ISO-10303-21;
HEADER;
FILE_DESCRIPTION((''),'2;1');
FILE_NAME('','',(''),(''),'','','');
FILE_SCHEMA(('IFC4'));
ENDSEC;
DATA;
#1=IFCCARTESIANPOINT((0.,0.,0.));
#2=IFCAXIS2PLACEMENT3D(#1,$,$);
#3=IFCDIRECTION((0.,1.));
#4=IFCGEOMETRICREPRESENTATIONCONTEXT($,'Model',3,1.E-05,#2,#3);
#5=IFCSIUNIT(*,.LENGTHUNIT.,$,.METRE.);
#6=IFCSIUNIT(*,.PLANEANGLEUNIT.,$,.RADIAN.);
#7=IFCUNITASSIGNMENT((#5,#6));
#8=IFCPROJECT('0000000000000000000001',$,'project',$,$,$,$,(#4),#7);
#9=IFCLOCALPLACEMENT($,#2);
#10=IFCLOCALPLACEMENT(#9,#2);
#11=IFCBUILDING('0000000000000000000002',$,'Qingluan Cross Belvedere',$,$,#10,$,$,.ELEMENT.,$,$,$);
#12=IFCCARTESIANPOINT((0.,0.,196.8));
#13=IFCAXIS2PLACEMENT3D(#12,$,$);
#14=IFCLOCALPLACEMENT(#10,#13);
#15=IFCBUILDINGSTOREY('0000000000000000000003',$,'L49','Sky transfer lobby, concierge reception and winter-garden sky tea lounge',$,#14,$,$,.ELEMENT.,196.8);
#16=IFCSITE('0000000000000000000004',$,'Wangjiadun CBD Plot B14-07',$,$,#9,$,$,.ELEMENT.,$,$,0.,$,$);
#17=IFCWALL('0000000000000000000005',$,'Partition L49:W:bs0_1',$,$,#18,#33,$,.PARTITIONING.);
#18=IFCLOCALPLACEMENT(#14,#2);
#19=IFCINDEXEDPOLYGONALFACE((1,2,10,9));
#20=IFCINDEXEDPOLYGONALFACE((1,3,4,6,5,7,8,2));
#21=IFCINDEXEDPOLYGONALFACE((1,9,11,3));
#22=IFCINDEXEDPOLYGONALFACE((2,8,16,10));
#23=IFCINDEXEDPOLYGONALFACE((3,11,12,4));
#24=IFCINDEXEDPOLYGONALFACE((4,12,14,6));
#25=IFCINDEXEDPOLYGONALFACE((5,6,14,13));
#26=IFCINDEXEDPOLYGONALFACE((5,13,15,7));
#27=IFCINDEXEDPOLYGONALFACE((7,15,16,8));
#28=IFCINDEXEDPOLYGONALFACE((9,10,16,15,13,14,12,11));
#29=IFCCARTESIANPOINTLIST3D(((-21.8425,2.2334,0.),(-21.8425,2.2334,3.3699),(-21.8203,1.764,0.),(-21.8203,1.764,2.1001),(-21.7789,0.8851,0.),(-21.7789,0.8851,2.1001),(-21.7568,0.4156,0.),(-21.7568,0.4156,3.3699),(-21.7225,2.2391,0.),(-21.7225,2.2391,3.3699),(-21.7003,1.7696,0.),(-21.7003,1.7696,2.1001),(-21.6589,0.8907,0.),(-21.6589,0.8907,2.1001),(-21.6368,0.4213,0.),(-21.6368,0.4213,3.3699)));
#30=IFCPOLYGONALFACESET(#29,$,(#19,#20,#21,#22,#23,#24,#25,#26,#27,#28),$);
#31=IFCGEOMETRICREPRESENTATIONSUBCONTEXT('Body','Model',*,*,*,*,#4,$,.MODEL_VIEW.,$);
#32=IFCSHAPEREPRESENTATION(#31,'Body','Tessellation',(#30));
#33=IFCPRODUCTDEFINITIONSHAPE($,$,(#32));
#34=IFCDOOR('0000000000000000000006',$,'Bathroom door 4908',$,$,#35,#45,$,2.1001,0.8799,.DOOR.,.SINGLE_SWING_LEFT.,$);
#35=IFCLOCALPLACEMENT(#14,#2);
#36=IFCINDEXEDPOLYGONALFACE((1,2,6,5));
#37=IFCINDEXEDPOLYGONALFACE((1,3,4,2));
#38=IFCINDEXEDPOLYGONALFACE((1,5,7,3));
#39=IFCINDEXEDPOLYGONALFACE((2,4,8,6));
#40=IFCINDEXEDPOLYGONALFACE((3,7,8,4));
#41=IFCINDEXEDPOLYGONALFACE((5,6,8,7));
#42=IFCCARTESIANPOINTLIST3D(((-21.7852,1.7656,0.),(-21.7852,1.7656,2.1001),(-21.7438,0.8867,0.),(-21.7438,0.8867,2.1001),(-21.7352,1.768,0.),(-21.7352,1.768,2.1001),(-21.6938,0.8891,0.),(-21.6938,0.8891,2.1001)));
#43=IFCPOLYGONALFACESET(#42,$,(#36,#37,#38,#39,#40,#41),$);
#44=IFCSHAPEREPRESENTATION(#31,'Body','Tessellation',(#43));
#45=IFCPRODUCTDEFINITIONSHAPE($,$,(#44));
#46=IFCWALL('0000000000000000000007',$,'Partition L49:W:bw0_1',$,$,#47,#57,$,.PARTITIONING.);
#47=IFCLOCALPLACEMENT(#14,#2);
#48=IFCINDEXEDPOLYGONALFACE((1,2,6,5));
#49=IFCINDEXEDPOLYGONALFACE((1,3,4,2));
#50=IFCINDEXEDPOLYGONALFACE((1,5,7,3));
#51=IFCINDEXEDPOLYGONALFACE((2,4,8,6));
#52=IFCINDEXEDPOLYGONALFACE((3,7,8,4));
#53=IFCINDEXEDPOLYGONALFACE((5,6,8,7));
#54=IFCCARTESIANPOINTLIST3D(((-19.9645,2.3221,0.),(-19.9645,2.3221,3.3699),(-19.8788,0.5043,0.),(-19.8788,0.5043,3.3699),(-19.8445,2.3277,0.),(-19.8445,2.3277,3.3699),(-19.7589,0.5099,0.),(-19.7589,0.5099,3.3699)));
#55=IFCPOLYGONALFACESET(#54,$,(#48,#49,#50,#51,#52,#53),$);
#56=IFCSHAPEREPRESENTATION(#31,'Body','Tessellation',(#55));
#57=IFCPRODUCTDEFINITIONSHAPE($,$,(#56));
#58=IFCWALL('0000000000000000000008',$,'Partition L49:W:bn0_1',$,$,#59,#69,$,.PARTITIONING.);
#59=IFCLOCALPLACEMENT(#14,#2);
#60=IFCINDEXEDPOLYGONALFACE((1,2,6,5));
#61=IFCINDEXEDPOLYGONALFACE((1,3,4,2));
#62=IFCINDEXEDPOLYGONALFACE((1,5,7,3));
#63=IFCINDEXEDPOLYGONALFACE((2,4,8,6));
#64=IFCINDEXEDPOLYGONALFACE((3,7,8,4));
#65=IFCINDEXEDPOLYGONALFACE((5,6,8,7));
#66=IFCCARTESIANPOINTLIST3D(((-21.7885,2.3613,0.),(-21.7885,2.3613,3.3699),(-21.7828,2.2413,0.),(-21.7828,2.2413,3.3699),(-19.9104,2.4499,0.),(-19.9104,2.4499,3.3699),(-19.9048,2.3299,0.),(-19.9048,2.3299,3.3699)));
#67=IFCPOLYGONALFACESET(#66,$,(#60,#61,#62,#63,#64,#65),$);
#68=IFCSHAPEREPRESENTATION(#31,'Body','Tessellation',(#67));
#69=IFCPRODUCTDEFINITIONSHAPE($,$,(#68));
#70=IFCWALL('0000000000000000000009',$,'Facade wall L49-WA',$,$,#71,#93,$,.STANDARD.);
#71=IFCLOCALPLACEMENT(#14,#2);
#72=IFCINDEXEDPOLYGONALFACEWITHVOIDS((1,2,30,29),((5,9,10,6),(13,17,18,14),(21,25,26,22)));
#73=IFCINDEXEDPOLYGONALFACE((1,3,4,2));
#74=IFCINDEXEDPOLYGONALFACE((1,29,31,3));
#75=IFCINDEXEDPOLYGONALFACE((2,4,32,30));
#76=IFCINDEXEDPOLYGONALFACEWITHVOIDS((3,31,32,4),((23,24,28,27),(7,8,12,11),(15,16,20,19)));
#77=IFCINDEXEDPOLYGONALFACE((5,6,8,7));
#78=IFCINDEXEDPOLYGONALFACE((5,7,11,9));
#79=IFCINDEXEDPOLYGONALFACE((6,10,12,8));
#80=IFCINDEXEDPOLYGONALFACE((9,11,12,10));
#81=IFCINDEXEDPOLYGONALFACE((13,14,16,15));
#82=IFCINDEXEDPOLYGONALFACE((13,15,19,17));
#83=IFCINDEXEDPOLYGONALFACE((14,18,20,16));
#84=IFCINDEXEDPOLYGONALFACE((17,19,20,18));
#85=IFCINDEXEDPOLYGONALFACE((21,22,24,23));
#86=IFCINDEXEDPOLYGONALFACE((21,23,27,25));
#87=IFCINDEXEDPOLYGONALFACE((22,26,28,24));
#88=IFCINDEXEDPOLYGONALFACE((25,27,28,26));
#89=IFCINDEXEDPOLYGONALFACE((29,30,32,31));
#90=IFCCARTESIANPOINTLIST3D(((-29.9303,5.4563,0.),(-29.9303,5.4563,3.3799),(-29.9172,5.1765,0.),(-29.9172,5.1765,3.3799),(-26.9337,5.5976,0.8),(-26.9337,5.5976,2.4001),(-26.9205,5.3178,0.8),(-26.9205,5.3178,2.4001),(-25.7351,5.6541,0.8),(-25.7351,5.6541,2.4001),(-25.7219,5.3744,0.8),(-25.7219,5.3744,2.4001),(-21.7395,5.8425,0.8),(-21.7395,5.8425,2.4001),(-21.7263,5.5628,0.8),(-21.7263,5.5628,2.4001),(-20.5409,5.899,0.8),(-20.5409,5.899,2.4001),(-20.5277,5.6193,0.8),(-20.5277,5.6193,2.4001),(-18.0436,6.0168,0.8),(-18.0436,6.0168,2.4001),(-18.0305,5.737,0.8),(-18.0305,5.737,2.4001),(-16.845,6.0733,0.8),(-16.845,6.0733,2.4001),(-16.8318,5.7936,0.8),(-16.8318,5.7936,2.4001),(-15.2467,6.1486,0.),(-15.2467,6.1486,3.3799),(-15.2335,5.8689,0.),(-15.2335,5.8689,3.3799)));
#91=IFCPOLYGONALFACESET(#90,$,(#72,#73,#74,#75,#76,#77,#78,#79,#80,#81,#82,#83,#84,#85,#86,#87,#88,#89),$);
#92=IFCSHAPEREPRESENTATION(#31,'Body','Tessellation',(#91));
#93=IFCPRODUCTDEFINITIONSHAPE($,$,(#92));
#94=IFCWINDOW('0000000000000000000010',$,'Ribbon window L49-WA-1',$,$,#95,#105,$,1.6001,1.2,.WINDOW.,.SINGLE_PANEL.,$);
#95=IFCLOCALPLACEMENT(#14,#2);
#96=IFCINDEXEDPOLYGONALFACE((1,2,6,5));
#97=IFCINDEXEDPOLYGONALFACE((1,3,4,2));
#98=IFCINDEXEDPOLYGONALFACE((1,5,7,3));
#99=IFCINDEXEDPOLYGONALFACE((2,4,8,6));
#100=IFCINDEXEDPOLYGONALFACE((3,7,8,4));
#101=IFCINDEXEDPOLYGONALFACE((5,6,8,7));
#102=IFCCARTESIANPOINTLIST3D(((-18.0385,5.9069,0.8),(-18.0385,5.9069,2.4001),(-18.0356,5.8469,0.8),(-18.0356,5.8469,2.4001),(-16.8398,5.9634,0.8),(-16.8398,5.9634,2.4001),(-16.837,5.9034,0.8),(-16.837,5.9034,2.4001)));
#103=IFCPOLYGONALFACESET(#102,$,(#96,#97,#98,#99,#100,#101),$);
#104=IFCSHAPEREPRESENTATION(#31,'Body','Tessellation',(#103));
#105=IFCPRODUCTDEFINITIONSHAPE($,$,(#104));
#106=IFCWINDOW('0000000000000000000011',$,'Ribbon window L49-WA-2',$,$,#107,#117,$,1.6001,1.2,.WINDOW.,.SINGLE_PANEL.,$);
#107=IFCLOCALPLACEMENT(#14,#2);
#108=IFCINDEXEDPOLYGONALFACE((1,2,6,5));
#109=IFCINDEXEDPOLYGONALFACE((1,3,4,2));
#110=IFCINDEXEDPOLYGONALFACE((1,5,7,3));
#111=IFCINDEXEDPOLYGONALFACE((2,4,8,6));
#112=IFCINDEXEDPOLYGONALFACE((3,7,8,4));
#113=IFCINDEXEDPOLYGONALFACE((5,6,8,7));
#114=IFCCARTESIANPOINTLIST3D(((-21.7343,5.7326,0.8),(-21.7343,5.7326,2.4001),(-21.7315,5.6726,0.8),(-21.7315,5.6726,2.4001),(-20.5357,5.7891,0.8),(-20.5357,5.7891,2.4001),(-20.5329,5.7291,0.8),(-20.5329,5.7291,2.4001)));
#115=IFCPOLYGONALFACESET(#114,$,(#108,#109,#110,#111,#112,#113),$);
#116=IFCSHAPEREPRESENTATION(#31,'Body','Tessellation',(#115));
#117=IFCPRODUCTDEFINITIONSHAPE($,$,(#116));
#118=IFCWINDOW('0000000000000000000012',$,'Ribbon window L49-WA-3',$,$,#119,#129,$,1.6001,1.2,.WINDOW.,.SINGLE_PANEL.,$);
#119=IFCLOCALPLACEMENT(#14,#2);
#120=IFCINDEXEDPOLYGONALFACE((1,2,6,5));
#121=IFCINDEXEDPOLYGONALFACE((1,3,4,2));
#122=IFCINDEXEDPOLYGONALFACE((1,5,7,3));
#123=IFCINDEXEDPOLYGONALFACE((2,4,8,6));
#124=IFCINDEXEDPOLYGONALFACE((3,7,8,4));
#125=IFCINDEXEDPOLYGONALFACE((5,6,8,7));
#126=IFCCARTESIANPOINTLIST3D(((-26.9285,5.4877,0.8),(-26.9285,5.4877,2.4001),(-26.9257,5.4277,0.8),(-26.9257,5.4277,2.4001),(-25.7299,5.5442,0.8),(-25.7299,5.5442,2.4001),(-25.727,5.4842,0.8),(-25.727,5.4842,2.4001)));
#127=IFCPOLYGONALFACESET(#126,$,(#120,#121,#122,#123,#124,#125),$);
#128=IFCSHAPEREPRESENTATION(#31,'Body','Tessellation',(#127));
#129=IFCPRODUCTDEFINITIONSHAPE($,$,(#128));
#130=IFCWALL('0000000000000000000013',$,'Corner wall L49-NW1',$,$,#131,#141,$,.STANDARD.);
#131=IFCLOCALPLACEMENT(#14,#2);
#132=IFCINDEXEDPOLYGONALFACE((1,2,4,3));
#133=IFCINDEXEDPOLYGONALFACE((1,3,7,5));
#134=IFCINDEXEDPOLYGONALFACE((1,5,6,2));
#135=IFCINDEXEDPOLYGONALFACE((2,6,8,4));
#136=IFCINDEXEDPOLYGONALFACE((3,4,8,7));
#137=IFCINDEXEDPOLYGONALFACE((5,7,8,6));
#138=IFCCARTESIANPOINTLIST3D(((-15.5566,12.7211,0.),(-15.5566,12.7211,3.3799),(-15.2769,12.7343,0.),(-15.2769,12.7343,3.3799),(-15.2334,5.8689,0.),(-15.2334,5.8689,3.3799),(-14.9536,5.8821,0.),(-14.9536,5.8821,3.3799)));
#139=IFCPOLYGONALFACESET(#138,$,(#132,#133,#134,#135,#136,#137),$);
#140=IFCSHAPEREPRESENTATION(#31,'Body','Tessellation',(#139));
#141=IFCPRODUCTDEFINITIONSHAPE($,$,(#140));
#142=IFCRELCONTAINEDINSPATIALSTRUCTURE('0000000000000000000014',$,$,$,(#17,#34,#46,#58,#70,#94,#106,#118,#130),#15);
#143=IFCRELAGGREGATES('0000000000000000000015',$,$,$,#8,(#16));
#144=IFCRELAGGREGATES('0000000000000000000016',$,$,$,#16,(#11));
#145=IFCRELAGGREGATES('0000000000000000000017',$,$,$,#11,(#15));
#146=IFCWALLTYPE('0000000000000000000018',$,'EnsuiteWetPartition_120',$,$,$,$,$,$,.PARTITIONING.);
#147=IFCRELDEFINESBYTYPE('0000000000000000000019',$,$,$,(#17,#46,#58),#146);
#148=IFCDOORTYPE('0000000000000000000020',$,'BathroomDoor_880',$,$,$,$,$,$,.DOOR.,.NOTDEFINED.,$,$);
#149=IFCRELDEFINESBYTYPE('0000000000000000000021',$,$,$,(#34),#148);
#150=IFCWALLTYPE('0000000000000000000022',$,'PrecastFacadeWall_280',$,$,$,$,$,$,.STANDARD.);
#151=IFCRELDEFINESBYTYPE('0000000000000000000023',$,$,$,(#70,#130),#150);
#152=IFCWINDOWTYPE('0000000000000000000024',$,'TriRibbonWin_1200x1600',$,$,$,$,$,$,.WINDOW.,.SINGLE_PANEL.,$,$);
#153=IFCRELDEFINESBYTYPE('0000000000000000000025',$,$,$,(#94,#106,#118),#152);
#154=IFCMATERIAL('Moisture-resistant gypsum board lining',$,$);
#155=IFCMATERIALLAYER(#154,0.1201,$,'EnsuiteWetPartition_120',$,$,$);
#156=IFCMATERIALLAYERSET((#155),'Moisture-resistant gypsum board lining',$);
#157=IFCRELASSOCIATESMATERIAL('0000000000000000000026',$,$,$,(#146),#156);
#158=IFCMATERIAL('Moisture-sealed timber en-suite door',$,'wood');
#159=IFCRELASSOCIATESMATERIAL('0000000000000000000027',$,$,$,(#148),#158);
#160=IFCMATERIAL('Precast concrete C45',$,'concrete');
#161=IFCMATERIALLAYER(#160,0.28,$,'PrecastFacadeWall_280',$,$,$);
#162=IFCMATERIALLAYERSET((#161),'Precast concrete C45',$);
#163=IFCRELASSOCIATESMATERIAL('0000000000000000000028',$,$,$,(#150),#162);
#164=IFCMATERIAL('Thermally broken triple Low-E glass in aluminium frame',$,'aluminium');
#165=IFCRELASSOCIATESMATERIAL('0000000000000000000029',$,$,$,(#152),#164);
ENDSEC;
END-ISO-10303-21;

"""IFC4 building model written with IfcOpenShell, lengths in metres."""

from ifc_helpers import new_model, si_unit, direction, frame, frame_2d, origin, place, context, subcontext, project, spatial, rectangle, extrude, material, layer, layer_set, type_object, element, fill, save


model = new_model("IFC4")

# Units and contexts
model_context = context("Model", 3, precision=1e-05, world=origin(), true_north=direction((0.0, 1.0)))
body_context = subcontext(model_context, "Body", "Model", "MODEL_VIEW")
ifc_project = project(units=[si_unit("LENGTHUNIT", "METRE"), si_unit("PLANEANGLEUNIT", "RADIAN")], contexts=[model_context])

# Site, building, storey
site_placement = place(None, origin())
site = spatial("IfcSite", under=ifc_project, at=site_placement, Name="Wangjiadun CBD Plot B14-07", CompositionType="ELEMENT", RefElevation=0.0)
building_placement = place(site_placement, origin())
building = spatial("IfcBuilding", under=site, at=building_placement, Name="Qingluan Cross Belvedere", CompositionType="ELEMENT")
storey_placement = place(building_placement, frame((0.0, 0.0, 196.8)))
storey = spatial("IfcBuildingStorey", under=building, at=storey_placement, Name="L49", Description="Sky transfer lobby, concierge reception and winter-garden sky tea lounge", CompositionType="ELEMENT", Elevation=196.8)

# Shared definitions
ifc_material_1 = material(Name="Moisture-resistant gypsum board lining")
ifc_layer_1 = layer(ifc_material_1, 0.1201, Name="EnsuiteWetPartition_120")
ifc_layer_set_1 = layer_set([ifc_layer_1], Name="Moisture-resistant gypsum board lining")
wall_type_1 = type_object("IfcWallType", Name="EnsuiteWetPartition_120", PredefinedType="PARTITIONING", material=ifc_layer_set_1)
ifc_material_2 = material(Name="Moisture-sealed timber en-suite door", Category="wood")
door_type_1 = type_object("IfcDoorType", Name="BathroomDoor_880", OperationType="NOTDEFINED", PredefinedType="DOOR", material=ifc_material_2)

# Wall, opening, door
wall_1_placement = place(storey_placement, frame((-21.6968, 0.4185, 0.0), z_axis=(0.0, 0.0, 1.0), x_axis=(-0.047087, 0.998891, 0.0)))
wall_1 = element("IfcWall", 1, at=wall_1_placement, inside=storey, type_object=wall_type_1, Name="Partition L49:W:bs0_1", PredefinedType="PARTITIONING", context=body_context, shape_type="SweptSolid", body=[
    extrude(rectangle(XDim=1.8198, YDim=0.1201, at=frame_2d((0.9099, 0.0))), origin(), (0.0, 0.0, 1.0), 3.3699),
])
opening_1_placement = place(wall_1_placement, frame((0.47, 0.0, 0.0)))
opening_1 = element("IfcOpeningElement", 2, at=opening_1_placement, cuts=wall_1, PredefinedType="OPENING", context=body_context, shape_type="SweptSolid", body=[
    extrude(rectangle(XDim=0.8799, YDim=2.1001, at=frame_2d((0.4399, 1.05))), frame((0.0, 0.0701, 0.0), z_axis=(0.0, -1.0, 0.0), x_axis=(1.0, 0.0, 0.0)), (0.0, 0.0, 1.0), 0.1401),
])
door_1_placement = place(opening_1_placement, origin())
door_1 = element("IfcDoor", 3, at=door_1_placement, inside=storey, type_object=door_type_1, Name="Bathroom door 4908", OperationType="SINGLE_SWING_LEFT", OverallHeight=2.1001, OverallWidth=0.8799, PredefinedType="DOOR", context=body_context, shape_type="SweptSolid", body=[
    extrude(rectangle(XDim=0.8799, YDim=2.1001, at=frame_2d((0.4399, 1.05))), frame((0.0, 0.0249, 0.0), z_axis=(0.0, -1.0, 0.0), x_axis=(1.0, 0.0, 0.0)), (0.0, 0.0, 1.0), 0.05),
])
fill(opening_1, door_1)

# Walls
wall_2_placement = place(storey_placement, frame((-19.8188, 0.5071, 0.0), z_axis=(0.0, 0.0, 1.0), x_axis=(-0.047087, 0.998891, 0.0)))
element("IfcWall", 4, at=wall_2_placement, inside=storey, type_object=wall_type_1, Name="Partition L49:W:bw0_1", PredefinedType="PARTITIONING", context=body_context, shape_type="SweptSolid", body=[
    extrude(rectangle(XDim=1.8198, YDim=0.1201, at=frame_2d((0.9099, 0.0))), origin(), (0.0, 0.0, 1.0), 3.3699),
])
wall_3_placement = place(storey_placement, frame((-19.9077, 2.3899, 0.0), z_axis=(0.0, 0.0, 1.0), x_axis=(-0.998888, -0.047139, 0.0)))
element("IfcWall", 5, at=wall_3_placement, inside=storey, type_object=wall_type_1, Name="Partition L49:W:bn0_1", PredefinedType="PARTITIONING", context=body_context, shape_type="SweptSolid", body=[
    extrude(rectangle(XDim=1.8801, YDim=0.1201, at=frame_2d((0.9399, 0.0))), origin(), (0.0, 0.0, 1.0), 3.3699),
])

# Wall, openings, windows
ifc_material_3 = material(Name="Precast concrete C45", Category="concrete")
ifc_layer_2 = layer(ifc_material_3, 0.28, Name="PrecastFacadeWall_280")
ifc_layer_set_2 = layer_set([ifc_layer_2], Name="Precast concrete C45")
wall_type_2 = type_object("IfcWallType", Name="PrecastFacadeWall_280", PredefinedType="STANDARD", material=ifc_layer_set_2)
wall_4_placement = place(storey_placement, frame((-15.24, 6.0088, 0.0), z_axis=(0.0, 0.0, 1.0), x_axis=(-0.99889, -0.047101, 0.0)))
wall_4 = element("IfcWall", 6, at=wall_4_placement, inside=storey, type_object=wall_type_2, Name="Facade wall L49-WA", PredefinedType="STANDARD", context=body_context, shape_type="SweptSolid", body=[
    extrude(rectangle(XDim=14.7, YDim=0.28, at=frame_2d((7.3501, 0.0))), origin(), (0.0, 0.0, 1.0), 3.3799),
])
opening_2_placement = place(wall_4_placement, frame((1.6001, 0.0, 0.8)))
opening_2 = element("IfcOpeningElement", 7, at=opening_2_placement, cuts=wall_4, PredefinedType="OPENING", context=body_context, shape_type="SweptSolid", body=[
    extrude(rectangle(XDim=1.2, YDim=1.6001, at=frame_2d((0.6001, 0.8))), frame((0.0, 0.1499, 0.0), z_axis=(0.0, -1.0, 0.0), x_axis=(1.0, 0.0, 0.0)), (0.0, 0.0, 1.0), 0.3),
])
opening_3_placement = place(wall_4_placement, frame((5.3, 0.0, 0.8)))
opening_3 = element("IfcOpeningElement", 8, at=opening_3_placement, cuts=wall_4, PredefinedType="OPENING", context=body_context, shape_type="SweptSolid", body=[
    extrude(rectangle(XDim=1.2, YDim=1.6001, at=frame_2d((0.6001, 0.8))), frame((0.0, 0.1499, 0.0), z_axis=(0.0, -1.0, 0.0), x_axis=(1.0, 0.0, 0.0)), (0.0, 0.0, 1.0), 0.3),
])
opening_4_placement = place(wall_4_placement, frame((10.5, 0.0, 0.8)))
opening_4 = element("IfcOpeningElement", 9, at=opening_4_placement, cuts=wall_4, PredefinedType="OPENING", context=body_context, shape_type="SweptSolid", body=[
    extrude(rectangle(XDim=1.2, YDim=1.6001, at=frame_2d((0.6001, 0.8))), frame((0.0, 0.1499, 0.0), z_axis=(0.0, -1.0, 0.0), x_axis=(1.0, 0.0, 0.0)), (0.0, 0.0, 1.0), 0.3),
])
ifc_material_4 = material(Name="Thermally broken triple Low-E glass in aluminium frame", Category="aluminium")
window_type = type_object("IfcWindowType", Name="TriRibbonWin_1200x1600", PartitioningType="SINGLE_PANEL", PredefinedType="WINDOW", material=ifc_material_4)
window_1_placement = place(opening_2_placement, origin())
window_1 = element("IfcWindow", 10, at=window_1_placement, inside=storey, type_object=window_type, Name="Ribbon window L49-WA-1", OverallHeight=1.6001, OverallWidth=1.2, PartitioningType="SINGLE_PANEL", PredefinedType="WINDOW", context=body_context, shape_type="SweptSolid", body=[
    extrude(rectangle(XDim=1.2, YDim=1.6001, at=frame_2d((0.6001, 0.8))), frame((0.0, 0.03, 0.0), z_axis=(0.0, -1.0, 0.0), x_axis=(1.0, 0.0, 0.0)), (0.0, 0.0, 1.0), 0.0601),
])
fill(opening_2, window_1)
window_2_placement = place(opening_3_placement, origin())
window_2 = element("IfcWindow", 11, at=window_2_placement, inside=storey, type_object=window_type, Name="Ribbon window L49-WA-2", OverallHeight=1.6001, OverallWidth=1.2, PartitioningType="SINGLE_PANEL", PredefinedType="WINDOW", context=body_context, shape_type="SweptSolid", body=[
    extrude(rectangle(XDim=1.2, YDim=1.6001, at=frame_2d((0.6001, 0.8))), frame((0.0, 0.03, 0.0), z_axis=(0.0, -1.0, 0.0), x_axis=(1.0, 0.0, 0.0)), (0.0, 0.0, 1.0), 0.0601),
])
fill(opening_3, window_2)
window_3_placement = place(opening_4_placement, origin())
window_3 = element("IfcWindow", 12, at=window_3_placement, inside=storey, type_object=window_type, Name="Ribbon window L49-WA-3", OverallHeight=1.6001, OverallWidth=1.2, PartitioningType="SINGLE_PANEL", PredefinedType="WINDOW", context=body_context, shape_type="SweptSolid", body=[
    extrude(rectangle(XDim=1.2, YDim=1.6001, at=frame_2d((0.6001, 0.8))), frame((0.0, 0.03, 0.0), z_axis=(0.0, -1.0, 0.0), x_axis=(1.0, 0.0, 0.0)), (0.0, 0.0, 1.0), 0.0601),
])
fill(opening_4, window_3)

# Wall
wall_5_placement = place(storey_placement, frame((-15.0935, 5.8755, 0.0), z_axis=(0.0, 0.0, 1.0), x_axis=(-0.04712, 0.998889, 0.0)))
element("IfcWall", 13, at=wall_5_placement, inside=storey, type_object=wall_type_2, Name="Corner wall L49-NW1", PredefinedType="STANDARD", context=body_context, shape_type="SweptSolid", body=[
    extrude(rectangle(XDim=6.8599, YDim=0.28, at=frame_2d((3.4299, 0.0))), origin(), (0.0, 0.0, 1.0), 3.3799),
])

save(model, "model.ifc")
